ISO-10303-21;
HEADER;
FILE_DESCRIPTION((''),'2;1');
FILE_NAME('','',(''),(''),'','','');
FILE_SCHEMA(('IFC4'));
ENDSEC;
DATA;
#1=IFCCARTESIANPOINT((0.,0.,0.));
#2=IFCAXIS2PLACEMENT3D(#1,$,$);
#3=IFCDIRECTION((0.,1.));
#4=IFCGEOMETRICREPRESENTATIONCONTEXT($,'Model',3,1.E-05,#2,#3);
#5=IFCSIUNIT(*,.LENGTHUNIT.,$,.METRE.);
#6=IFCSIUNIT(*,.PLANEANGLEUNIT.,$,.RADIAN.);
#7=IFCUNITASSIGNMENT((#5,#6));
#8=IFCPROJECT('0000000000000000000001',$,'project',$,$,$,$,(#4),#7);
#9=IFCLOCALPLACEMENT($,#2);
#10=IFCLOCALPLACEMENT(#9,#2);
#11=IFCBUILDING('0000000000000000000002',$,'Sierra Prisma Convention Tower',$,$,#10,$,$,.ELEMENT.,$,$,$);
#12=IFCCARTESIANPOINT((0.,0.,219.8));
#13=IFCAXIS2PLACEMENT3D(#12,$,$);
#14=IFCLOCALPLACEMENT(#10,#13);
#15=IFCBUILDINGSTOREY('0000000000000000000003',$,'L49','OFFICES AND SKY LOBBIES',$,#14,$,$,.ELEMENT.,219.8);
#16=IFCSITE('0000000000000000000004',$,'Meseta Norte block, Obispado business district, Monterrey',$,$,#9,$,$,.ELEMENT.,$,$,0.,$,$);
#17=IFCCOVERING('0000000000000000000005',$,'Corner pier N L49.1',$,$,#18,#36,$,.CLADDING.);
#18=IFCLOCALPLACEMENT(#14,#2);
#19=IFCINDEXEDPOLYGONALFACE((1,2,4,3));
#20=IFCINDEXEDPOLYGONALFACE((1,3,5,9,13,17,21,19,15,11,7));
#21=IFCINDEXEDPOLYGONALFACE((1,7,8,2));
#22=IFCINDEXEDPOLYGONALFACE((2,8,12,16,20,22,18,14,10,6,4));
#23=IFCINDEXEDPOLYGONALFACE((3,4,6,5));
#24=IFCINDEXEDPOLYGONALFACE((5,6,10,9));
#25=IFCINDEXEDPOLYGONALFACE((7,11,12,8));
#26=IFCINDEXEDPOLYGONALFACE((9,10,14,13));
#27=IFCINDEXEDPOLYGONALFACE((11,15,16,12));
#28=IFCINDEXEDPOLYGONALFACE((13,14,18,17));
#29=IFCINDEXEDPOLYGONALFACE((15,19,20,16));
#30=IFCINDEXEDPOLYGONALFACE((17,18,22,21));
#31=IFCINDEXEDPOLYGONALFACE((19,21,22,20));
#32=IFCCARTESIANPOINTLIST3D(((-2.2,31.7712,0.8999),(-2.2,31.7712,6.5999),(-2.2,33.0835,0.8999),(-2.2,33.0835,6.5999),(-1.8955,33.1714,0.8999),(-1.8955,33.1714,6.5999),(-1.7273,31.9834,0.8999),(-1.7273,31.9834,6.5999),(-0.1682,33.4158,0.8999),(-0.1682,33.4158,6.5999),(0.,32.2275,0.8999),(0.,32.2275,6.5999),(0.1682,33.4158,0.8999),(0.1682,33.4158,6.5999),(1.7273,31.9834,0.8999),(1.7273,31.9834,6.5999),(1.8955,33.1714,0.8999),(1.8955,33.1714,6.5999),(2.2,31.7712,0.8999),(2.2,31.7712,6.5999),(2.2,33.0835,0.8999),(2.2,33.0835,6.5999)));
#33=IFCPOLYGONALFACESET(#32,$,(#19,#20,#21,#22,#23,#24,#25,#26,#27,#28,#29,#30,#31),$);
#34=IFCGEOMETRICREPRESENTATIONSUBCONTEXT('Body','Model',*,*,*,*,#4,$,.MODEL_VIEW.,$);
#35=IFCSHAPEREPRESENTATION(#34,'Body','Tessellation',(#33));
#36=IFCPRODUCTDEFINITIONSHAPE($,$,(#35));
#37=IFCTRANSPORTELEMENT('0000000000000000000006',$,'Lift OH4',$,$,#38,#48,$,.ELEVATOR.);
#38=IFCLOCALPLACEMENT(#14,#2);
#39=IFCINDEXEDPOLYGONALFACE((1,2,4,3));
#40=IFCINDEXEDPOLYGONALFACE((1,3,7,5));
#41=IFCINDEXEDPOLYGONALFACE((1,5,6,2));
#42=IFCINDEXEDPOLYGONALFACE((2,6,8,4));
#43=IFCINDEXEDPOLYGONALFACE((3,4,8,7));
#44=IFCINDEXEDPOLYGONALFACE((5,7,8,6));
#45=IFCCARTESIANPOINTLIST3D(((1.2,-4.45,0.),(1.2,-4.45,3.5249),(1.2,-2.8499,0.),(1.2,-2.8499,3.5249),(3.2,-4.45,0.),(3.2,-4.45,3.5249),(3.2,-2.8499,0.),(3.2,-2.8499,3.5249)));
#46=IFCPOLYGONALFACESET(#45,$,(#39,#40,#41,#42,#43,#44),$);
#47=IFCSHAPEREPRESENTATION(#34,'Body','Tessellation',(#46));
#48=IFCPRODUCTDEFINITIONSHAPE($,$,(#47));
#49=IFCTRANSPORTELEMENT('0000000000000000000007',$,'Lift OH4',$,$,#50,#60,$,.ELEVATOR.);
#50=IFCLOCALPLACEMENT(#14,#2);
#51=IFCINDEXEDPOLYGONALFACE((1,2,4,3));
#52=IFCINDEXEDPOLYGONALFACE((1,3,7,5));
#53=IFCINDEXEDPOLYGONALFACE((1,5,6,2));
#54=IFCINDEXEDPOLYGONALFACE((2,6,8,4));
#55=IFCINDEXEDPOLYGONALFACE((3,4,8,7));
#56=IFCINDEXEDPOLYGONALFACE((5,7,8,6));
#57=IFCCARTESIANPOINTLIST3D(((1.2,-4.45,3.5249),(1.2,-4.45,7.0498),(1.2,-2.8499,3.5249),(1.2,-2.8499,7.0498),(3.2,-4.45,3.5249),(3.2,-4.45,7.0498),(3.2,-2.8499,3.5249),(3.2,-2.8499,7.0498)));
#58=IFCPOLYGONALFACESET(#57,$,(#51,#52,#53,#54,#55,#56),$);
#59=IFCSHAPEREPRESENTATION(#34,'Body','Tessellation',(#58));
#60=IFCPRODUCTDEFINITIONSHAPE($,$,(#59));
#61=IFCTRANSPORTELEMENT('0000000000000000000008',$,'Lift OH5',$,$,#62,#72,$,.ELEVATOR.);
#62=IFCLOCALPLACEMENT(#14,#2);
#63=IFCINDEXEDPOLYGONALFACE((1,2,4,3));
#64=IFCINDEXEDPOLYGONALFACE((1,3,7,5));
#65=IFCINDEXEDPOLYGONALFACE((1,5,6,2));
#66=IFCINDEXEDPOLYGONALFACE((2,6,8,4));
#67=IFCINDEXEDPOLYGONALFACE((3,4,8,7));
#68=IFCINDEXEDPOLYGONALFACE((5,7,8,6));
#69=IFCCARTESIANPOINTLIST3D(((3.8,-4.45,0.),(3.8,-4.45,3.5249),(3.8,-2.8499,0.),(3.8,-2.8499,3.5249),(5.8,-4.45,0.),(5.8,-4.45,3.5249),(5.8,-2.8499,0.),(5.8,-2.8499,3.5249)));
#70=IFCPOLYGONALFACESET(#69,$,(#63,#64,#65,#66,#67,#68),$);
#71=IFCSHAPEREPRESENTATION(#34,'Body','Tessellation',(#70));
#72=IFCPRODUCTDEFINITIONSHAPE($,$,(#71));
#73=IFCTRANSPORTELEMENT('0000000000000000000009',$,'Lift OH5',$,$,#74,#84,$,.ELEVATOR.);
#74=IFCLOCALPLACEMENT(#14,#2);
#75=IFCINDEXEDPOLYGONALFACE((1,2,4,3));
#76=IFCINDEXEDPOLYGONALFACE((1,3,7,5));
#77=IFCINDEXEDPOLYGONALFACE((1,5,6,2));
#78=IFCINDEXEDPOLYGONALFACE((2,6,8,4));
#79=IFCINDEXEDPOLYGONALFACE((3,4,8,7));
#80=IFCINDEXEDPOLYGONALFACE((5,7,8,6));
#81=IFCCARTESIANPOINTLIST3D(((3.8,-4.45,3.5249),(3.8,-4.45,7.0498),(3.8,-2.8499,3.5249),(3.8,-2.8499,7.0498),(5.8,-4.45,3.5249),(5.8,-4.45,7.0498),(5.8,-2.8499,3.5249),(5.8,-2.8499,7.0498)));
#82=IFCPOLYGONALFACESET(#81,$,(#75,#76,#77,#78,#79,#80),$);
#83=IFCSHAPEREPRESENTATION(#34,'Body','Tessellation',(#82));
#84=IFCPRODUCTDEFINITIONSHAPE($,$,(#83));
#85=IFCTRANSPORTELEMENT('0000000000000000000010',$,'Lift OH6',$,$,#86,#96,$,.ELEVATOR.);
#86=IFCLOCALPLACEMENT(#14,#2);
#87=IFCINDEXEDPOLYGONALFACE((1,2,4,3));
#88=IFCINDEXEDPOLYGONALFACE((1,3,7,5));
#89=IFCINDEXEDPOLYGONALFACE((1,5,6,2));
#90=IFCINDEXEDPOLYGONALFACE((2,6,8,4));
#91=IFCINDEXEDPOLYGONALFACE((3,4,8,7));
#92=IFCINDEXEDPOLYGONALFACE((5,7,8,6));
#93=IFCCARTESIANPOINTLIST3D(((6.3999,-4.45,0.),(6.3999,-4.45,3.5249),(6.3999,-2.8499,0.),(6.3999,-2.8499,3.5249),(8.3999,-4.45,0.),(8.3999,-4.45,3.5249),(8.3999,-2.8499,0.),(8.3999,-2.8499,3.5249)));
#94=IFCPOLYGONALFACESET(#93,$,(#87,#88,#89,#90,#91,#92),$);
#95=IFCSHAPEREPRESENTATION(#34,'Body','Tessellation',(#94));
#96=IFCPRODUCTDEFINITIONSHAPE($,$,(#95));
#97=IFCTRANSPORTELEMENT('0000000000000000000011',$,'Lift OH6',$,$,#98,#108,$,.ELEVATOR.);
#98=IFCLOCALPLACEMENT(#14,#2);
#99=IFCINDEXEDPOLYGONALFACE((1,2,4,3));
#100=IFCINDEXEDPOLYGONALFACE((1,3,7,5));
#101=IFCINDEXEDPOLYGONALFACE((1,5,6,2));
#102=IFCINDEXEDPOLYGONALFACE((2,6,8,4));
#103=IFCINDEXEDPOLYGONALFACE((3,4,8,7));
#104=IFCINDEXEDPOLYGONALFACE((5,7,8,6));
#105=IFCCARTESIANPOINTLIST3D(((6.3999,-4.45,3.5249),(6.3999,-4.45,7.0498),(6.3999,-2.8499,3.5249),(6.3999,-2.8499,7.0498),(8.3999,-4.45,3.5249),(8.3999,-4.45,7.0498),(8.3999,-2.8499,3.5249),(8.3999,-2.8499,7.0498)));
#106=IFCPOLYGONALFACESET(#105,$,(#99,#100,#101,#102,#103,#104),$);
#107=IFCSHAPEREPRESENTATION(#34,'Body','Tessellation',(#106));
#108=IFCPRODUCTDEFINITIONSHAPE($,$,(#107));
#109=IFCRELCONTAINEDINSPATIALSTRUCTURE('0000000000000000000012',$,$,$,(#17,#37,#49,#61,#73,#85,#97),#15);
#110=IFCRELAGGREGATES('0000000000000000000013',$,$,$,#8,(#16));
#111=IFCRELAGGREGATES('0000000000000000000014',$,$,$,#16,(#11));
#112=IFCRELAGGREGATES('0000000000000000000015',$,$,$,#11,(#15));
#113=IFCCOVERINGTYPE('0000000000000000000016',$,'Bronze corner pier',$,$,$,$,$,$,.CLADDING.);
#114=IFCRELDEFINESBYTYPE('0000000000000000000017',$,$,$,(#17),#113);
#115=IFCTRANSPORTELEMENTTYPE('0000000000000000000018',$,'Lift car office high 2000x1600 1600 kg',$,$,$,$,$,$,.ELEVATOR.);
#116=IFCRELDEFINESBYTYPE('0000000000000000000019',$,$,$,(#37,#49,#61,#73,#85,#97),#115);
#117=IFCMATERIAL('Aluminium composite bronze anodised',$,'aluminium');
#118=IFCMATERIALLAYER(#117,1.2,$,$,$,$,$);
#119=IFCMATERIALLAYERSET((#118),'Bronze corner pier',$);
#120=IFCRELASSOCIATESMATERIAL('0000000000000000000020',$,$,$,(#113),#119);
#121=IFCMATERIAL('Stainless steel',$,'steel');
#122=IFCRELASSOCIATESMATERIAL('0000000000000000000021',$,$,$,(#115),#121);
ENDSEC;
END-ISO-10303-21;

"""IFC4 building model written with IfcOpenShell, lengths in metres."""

from ifc_helpers import new_model, si_unit, direction, frame, origin, origin_2d, place, context, subcontext, project, spatial, polyline, rectangle, outline, extrude, material, layer, layer_set, type_object, element, save


model = new_model("IFC4")

# Units and contexts
model_context = context("Model", 3, precision=1e-05, world=origin(), true_north=direction((0.0, 1.0)))
body_context = subcontext(model_context, "Body", "Model", "MODEL_VIEW")
ifc_project = project(units=[si_unit("LENGTHUNIT", "METRE"), si_unit("PLANEANGLEUNIT", "RADIAN")], contexts=[model_context])

# Site, building, storey
site_placement = place(None, origin())
site = spatial("IfcSite", under=ifc_project, at=site_placement, Name="Meseta Norte block, Obispado business district, Monterrey", CompositionType="ELEMENT", RefElevation=0.0)
building_placement = place(site_placement, origin())
building = spatial("IfcBuilding", under=site, at=building_placement, Name="Sierra Prisma Convention Tower", CompositionType="ELEMENT")
storey_placement = place(building_placement, frame((0.0, 0.0, 219.8)))
storey = spatial("IfcBuildingStorey", under=building, at=storey_placement, Name="L49", Description="OFFICES AND SKY LOBBIES", CompositionType="ELEMENT", Elevation=219.8)

# Covering
ifc_material_1 = material(Name="Aluminium composite bronze anodised", Category="aluminium")
ifc_layer_1 = layer(ifc_material_1, 1.2)
ifc_layer_set_1 = layer_set([ifc_layer_1], Name="Bronze corner pier")
covering_type = type_object("IfcCoveringType", Name="Bronze corner pier", PredefinedType="CLADDING", material=ifc_layer_set_1)
covering_1_placement = place(storey_placement, frame((0.0, 0.0, 0.8999)))
element("IfcCovering", 1, at=covering_1_placement, inside=storey, type_object=covering_type, Name="Corner pier N L49.1", PredefinedType="CLADDING", context=body_context, shape_type="SweptSolid", body=[
    extrude(outline(polyline([(-0.1682, 33.4158), (0.1682, 33.4158), (1.8955, 33.1714), (2.2, 33.0835), (2.2, 31.7712), (1.7273, 31.9834), (0.0, 32.2275), (-1.7273, 31.9834), (-2.2, 31.7712), (-2.2, 33.0835), (-1.8955, 33.1714), (-0.1682, 33.4158)])), origin(), (0.0, 0.0, 1.0), 5.7),
])

# Transport elements
ifc_material_2 = material(Name="Stainless steel", Category="steel")
transport_element_type = type_object("IfcTransportElementType", Name="Lift car office high 2000x1600 1600 kg", PredefinedType="ELEVATOR", material=ifc_material_2)
for number, where, z_axis, x_axis, name in (
    (2, (2.2, -3.6499, 0.0), (0.0, 0.0, 1.0), (1.0, 0.0, 0.0), "Lift OH4"),
    (3, (2.2, -3.6499, 3.5249), (0.0, 0.0, 1.0), (1.0, 0.0, 0.0), "Lift OH4"),
    (4, (4.8, -3.6499, 0.0), (0.0, 0.0, 1.0), (1.0, 0.0, 0.0), "Lift OH5"),
    (5, (4.8, -3.6499, 3.5249), (0.0, 0.0, 1.0), (1.0, 0.0, 0.0), "Lift OH5"),
    (6, (7.3999, -3.6499, 0.0), (0.0, 0.0, 1.0), (1.0, 0.0, 0.0), "Lift OH6"),
    (7, (7.3999, -3.6499, 3.5249), (0.0, 0.0, 1.0), (1.0, 0.0, 0.0), "Lift OH6"),
):
    element("IfcTransportElement", number, at=place(storey_placement, frame(where, z_axis=z_axis, x_axis=x_axis)), inside=storey, type_object=transport_element_type, Name=name, PredefinedType="ELEVATOR", context=body_context, shape_type="SweptSolid", body=[
        extrude(rectangle(XDim=2.0, YDim=1.6001, at=origin_2d()), origin(), (0.0, 0.0, 1.0), 3.5249),
    ])

save(model, "model.ifc")
